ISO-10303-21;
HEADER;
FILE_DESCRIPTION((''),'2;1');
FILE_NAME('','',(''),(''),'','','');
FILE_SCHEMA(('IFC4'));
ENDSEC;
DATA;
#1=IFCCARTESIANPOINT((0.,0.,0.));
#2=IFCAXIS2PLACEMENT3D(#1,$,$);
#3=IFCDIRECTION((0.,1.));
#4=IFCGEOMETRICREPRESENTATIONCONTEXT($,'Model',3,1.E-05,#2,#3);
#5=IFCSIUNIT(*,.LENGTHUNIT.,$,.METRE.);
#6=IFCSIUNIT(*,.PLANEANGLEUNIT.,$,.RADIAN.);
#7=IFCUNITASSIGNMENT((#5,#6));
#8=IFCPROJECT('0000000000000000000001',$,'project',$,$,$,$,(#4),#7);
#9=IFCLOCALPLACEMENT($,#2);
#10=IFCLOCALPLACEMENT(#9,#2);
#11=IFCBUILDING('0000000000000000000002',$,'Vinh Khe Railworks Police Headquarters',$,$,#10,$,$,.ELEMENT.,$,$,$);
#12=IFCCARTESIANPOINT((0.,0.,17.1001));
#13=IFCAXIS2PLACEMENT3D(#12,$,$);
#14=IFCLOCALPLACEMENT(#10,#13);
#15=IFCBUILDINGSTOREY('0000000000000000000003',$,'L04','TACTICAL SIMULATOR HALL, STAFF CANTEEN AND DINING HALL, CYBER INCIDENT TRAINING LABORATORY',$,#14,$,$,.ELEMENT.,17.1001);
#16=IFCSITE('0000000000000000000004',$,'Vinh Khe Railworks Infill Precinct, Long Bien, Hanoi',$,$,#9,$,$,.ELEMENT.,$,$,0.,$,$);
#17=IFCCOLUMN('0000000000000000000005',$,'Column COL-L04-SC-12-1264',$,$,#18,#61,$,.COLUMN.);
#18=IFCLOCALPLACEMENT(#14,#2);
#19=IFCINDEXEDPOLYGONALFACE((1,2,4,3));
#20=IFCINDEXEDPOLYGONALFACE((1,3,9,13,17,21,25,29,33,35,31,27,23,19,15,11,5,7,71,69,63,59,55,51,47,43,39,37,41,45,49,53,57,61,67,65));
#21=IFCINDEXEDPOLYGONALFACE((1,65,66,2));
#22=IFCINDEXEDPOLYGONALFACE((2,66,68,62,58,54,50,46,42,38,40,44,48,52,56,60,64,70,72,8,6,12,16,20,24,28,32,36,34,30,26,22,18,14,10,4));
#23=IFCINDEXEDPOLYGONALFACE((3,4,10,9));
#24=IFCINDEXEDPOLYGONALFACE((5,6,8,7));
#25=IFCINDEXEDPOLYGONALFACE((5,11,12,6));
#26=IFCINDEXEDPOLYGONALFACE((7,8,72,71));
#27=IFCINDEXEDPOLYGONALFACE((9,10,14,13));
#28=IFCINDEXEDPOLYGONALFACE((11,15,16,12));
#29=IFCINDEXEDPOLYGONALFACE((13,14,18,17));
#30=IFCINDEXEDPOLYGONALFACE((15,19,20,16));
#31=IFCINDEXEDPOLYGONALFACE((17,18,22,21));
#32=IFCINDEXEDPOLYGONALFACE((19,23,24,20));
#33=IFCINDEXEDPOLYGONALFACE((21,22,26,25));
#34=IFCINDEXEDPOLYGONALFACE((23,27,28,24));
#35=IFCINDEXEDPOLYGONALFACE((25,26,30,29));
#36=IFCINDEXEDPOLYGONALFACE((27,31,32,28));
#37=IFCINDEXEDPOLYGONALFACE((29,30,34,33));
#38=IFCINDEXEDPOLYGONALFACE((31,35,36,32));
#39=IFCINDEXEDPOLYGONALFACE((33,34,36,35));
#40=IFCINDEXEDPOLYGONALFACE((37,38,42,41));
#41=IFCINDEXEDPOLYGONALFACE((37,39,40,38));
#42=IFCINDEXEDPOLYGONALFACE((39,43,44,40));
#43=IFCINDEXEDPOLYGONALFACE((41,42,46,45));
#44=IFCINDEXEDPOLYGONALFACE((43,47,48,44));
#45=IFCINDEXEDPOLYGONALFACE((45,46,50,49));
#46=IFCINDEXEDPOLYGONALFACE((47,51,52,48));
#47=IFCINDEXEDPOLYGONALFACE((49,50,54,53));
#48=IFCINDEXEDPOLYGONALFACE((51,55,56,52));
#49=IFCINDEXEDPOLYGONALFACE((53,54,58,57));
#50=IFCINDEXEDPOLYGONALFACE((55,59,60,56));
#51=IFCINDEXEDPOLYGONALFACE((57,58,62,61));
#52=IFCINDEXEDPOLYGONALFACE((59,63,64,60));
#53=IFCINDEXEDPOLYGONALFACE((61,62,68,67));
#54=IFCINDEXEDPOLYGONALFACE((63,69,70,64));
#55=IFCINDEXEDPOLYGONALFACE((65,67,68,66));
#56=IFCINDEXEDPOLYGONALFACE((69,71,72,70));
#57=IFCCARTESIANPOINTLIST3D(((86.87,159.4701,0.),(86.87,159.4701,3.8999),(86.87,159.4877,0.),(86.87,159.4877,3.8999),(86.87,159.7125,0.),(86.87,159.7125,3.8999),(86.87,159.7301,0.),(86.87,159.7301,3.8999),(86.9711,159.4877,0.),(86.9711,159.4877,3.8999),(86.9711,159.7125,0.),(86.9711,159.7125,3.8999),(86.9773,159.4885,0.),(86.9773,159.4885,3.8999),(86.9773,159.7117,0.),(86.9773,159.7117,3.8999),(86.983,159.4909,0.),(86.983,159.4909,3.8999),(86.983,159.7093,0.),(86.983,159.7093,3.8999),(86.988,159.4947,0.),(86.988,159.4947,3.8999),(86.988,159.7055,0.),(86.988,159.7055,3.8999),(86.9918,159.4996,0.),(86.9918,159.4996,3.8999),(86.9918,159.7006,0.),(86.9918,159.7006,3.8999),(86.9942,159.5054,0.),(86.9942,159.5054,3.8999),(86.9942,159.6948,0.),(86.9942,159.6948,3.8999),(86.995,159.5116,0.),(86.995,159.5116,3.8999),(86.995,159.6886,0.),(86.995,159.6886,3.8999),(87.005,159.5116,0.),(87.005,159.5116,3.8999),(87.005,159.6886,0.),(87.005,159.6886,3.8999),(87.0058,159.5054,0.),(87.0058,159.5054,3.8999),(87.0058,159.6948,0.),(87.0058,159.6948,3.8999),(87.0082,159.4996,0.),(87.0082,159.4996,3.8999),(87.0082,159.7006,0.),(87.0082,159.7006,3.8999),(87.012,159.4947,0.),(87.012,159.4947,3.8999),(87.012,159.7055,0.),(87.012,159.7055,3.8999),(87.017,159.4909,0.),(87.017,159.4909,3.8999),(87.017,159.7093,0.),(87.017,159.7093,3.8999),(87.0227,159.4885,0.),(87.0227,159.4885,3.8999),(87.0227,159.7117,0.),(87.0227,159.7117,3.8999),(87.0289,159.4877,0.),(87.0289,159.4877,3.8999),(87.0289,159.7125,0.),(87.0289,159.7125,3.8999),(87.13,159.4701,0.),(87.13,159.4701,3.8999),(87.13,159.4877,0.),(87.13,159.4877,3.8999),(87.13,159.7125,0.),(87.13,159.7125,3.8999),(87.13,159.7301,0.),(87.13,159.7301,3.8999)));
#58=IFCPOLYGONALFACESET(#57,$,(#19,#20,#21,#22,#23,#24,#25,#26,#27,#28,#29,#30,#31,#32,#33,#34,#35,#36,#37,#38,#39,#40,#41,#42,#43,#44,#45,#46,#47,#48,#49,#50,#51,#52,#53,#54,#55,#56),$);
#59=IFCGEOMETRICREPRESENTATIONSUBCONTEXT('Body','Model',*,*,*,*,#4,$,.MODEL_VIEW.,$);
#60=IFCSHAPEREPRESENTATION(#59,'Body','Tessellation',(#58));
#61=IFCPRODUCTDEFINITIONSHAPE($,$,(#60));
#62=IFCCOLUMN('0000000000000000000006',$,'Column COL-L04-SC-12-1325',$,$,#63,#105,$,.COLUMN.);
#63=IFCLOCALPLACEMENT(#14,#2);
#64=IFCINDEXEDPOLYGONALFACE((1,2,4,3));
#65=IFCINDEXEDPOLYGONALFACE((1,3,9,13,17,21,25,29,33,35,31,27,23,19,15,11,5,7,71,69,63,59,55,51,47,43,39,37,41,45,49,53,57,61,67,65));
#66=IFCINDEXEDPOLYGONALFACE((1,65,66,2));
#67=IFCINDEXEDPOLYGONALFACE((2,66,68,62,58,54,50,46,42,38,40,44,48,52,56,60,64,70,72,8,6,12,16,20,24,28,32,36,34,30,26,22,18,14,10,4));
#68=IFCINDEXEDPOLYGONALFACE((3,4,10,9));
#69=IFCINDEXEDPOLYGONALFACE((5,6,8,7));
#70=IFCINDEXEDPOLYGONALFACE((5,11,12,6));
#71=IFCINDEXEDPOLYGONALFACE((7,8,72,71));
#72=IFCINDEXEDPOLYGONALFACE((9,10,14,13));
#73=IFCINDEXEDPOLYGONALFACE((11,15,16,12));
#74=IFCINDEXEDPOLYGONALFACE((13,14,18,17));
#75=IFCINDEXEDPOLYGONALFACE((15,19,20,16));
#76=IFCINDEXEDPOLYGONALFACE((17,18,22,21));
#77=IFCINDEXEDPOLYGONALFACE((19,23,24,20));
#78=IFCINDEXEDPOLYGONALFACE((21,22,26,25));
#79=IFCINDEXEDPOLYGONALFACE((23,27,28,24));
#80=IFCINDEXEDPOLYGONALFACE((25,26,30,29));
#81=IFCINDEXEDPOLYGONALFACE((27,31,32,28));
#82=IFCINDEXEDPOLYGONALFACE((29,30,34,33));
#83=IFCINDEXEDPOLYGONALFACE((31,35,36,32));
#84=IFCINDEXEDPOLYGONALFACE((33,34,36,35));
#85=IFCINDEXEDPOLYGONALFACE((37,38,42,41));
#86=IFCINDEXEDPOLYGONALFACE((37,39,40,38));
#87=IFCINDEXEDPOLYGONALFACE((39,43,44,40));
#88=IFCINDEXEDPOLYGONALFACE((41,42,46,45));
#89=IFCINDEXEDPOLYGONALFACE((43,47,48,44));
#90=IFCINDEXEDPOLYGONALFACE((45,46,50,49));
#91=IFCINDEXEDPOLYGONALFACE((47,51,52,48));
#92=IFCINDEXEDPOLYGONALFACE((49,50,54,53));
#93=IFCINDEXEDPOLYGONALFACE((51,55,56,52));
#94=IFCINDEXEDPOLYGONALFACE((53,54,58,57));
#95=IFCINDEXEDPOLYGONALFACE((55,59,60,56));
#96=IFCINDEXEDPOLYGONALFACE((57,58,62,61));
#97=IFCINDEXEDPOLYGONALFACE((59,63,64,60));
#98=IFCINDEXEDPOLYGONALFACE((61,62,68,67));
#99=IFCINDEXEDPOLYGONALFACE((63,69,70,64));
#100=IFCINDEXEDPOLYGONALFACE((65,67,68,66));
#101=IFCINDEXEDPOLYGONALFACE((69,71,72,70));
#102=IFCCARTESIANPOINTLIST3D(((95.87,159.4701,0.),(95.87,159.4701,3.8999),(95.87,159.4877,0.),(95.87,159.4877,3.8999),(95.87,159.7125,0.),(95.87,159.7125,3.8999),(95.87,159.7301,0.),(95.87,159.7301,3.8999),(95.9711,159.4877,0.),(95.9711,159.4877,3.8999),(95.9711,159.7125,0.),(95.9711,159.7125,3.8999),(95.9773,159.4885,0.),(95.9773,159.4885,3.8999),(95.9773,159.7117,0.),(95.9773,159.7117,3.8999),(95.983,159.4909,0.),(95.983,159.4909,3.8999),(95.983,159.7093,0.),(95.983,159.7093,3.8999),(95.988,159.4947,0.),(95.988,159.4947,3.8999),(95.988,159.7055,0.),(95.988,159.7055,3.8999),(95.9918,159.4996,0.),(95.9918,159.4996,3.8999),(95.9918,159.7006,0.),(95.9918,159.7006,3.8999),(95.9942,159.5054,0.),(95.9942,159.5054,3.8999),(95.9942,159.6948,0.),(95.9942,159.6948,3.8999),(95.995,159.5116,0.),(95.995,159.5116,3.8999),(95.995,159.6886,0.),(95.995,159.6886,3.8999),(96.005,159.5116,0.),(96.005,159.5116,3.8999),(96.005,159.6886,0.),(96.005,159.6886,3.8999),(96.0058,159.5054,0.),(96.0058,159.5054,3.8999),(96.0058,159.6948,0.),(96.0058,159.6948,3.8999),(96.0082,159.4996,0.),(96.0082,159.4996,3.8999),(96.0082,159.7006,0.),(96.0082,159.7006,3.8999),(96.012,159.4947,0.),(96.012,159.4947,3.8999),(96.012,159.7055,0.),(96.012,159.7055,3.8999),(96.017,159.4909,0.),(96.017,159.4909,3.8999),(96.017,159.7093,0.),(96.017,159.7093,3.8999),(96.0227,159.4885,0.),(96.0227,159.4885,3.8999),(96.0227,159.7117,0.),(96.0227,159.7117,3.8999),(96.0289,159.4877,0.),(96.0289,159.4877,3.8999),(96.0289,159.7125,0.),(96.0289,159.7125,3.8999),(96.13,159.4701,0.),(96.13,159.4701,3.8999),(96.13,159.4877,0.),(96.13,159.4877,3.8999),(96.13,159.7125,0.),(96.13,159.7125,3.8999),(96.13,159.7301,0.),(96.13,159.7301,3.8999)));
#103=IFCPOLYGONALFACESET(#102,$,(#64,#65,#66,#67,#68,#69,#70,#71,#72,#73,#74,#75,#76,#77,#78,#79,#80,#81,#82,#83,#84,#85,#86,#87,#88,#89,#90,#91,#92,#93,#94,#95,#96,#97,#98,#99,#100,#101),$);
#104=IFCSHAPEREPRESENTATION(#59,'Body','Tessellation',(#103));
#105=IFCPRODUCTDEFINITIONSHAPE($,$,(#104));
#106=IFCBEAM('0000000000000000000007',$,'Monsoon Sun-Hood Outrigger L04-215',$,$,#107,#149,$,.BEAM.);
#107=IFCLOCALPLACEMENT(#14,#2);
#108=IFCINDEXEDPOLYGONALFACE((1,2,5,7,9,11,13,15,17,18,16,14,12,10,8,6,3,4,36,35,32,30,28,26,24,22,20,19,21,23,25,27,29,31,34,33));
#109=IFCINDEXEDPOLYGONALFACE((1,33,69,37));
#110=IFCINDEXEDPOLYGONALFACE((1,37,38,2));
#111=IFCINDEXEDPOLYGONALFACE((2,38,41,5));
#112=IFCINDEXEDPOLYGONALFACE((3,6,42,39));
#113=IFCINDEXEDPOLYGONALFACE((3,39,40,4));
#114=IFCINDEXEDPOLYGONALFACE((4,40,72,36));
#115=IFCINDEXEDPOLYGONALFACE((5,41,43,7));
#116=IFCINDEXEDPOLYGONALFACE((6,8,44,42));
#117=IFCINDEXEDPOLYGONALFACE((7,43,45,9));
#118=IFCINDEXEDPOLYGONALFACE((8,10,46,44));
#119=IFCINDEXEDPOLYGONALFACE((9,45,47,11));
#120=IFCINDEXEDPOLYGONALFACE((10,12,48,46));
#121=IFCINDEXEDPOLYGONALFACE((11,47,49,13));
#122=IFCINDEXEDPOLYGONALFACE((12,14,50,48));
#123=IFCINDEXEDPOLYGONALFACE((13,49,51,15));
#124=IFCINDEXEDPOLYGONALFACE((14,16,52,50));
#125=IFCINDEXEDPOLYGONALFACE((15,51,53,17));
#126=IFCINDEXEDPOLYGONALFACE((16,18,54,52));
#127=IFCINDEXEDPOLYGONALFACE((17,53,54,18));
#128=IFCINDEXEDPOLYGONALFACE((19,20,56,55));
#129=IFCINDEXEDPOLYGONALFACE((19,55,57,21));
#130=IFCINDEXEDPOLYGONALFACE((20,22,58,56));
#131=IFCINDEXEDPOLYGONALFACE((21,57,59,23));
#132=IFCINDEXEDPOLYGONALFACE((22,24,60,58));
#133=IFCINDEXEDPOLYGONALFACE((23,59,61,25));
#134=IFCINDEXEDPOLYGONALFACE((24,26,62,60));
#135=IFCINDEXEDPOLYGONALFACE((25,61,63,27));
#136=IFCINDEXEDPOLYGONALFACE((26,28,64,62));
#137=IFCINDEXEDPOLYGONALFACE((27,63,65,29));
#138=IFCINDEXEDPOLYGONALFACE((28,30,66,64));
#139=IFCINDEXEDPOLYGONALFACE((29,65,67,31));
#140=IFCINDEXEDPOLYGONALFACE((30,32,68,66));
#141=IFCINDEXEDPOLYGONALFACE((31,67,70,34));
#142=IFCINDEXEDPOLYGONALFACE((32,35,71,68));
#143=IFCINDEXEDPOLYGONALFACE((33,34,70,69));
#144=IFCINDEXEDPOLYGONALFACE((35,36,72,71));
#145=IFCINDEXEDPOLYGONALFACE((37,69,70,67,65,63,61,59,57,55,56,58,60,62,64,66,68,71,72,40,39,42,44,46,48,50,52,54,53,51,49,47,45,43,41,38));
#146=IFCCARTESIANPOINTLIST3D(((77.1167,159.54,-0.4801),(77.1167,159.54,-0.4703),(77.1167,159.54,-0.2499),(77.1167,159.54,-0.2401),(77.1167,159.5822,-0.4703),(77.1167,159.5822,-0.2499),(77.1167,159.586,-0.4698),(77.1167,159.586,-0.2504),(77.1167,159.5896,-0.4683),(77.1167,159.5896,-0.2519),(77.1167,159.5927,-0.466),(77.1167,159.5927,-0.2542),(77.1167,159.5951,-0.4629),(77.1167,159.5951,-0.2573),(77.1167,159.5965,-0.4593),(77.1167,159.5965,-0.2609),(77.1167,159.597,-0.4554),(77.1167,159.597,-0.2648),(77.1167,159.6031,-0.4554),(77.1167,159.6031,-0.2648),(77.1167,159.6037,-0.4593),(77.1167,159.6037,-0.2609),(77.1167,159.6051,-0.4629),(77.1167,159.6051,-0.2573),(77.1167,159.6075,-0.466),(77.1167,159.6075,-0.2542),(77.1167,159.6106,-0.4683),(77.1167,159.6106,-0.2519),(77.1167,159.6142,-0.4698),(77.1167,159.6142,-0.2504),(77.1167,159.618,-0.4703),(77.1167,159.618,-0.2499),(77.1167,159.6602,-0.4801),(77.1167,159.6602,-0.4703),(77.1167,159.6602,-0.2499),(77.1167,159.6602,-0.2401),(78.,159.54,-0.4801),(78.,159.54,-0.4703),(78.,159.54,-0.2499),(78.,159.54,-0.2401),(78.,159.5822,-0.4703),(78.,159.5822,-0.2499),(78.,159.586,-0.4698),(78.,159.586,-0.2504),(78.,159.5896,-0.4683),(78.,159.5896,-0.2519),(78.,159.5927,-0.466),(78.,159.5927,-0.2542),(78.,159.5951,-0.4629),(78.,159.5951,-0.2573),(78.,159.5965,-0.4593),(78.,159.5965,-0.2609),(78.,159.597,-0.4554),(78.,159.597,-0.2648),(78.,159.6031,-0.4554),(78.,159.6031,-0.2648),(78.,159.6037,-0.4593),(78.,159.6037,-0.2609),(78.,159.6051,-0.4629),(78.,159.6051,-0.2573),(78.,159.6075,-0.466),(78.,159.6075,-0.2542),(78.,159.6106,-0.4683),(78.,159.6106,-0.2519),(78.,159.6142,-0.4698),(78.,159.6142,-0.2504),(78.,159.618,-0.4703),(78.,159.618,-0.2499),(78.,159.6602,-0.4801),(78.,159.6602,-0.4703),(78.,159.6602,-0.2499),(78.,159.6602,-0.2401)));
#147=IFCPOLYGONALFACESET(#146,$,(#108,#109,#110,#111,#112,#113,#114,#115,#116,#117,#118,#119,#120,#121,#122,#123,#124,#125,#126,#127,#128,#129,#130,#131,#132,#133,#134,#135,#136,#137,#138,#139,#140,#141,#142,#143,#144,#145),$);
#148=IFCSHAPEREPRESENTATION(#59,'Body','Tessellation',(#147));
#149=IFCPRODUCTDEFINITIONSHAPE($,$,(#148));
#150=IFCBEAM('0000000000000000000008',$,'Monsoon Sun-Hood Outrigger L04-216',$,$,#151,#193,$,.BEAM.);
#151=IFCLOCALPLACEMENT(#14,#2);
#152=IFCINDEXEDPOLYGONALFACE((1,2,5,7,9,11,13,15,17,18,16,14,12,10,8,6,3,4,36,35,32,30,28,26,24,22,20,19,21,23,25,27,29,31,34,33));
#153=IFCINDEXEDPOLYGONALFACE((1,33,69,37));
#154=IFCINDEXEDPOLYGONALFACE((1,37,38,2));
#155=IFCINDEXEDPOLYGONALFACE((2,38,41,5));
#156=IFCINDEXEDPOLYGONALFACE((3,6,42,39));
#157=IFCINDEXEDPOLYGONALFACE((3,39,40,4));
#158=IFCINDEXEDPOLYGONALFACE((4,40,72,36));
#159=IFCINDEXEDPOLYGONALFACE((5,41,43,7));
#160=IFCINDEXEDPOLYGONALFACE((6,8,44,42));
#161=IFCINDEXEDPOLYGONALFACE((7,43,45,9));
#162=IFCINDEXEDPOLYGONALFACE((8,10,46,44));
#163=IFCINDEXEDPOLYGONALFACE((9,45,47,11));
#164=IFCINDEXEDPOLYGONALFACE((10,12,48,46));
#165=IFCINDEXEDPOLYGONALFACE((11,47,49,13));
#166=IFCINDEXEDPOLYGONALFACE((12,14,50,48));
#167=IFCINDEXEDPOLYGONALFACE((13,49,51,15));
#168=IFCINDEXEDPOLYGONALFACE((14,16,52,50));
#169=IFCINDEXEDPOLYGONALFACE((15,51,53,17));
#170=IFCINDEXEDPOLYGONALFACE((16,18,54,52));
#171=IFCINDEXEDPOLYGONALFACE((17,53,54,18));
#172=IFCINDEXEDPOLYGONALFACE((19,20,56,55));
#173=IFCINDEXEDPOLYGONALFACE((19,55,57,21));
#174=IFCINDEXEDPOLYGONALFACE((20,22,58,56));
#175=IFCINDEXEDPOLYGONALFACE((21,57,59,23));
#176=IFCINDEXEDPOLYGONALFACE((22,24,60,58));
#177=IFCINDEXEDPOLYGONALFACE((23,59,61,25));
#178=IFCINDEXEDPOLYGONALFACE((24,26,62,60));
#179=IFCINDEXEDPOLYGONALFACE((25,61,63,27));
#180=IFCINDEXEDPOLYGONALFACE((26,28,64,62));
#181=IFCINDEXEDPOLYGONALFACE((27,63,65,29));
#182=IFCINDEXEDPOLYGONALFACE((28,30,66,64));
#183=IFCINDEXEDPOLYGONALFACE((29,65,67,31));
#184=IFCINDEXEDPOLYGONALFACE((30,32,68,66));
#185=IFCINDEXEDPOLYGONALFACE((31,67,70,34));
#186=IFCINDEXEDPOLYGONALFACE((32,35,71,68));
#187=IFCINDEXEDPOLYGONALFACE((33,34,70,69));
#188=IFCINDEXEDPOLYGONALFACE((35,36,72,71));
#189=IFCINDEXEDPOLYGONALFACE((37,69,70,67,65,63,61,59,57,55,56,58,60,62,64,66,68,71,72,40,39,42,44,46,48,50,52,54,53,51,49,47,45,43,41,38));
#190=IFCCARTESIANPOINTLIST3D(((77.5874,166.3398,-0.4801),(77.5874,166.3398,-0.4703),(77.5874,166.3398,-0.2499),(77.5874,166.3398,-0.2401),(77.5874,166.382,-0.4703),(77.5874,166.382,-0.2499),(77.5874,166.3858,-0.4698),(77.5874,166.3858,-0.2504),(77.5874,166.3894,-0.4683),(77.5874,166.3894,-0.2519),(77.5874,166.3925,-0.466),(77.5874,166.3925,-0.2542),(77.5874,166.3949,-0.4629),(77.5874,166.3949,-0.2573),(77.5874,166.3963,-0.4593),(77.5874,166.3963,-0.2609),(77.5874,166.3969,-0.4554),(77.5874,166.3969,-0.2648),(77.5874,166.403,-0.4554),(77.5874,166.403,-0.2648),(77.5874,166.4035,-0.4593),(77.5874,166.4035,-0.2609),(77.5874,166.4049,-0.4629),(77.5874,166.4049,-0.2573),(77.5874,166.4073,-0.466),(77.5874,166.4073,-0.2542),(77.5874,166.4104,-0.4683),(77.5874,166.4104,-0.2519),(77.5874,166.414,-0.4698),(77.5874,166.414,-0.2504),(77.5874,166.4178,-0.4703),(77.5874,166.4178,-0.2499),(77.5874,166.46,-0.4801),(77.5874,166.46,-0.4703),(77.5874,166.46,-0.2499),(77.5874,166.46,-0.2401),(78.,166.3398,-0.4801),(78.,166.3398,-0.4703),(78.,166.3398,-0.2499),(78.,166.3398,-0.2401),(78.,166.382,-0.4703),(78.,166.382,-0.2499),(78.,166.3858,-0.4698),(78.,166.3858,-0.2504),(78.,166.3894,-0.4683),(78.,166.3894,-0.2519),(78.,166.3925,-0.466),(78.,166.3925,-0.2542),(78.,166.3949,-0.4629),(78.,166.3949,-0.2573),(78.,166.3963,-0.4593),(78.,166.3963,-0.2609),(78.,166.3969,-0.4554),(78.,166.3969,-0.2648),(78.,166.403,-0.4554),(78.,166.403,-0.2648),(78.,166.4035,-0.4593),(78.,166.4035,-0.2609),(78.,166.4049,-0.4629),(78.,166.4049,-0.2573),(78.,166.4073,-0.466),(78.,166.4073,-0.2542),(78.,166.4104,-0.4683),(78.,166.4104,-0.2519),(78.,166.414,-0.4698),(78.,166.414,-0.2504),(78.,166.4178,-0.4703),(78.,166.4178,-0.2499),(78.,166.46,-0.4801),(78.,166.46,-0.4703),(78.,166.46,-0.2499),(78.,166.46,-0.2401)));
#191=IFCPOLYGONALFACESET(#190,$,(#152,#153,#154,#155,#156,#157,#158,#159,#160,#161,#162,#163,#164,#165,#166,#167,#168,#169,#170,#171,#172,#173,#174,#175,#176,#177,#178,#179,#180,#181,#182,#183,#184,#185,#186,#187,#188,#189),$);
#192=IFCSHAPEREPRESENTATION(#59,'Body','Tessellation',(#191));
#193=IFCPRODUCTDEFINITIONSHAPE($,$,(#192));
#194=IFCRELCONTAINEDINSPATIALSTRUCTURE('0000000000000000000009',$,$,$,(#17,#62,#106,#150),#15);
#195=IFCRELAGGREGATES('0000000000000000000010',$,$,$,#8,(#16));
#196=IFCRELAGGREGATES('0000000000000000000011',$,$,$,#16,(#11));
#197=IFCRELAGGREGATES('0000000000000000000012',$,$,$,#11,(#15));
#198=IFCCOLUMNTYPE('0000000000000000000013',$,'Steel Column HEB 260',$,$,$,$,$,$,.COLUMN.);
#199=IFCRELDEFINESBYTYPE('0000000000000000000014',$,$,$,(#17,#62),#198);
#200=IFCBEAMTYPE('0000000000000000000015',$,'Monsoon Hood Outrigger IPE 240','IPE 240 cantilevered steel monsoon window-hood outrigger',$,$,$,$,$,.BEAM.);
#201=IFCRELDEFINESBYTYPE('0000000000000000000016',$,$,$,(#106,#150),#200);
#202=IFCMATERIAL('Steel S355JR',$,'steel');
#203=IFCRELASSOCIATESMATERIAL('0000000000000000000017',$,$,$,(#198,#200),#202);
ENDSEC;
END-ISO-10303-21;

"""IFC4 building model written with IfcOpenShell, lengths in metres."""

from ifc_helpers import new_model, si_unit, direction, frame, origin, origin_2d, place, context, subcontext, project, spatial, i_section, extrude, material, material_profile, profile_set, type_object, element, save


model = new_model("IFC4")

# Units and contexts
model_context = context("Model", 3, precision=1e-05, world=origin(), true_north=direction((0.0, 1.0)))
body_context = subcontext(model_context, "Body", "Model", "MODEL_VIEW")
ifc_project = project(units=[si_unit("LENGTHUNIT", "METRE"), si_unit("PLANEANGLEUNIT", "RADIAN")], contexts=[model_context])

# Site, building, storey
site_placement = place(None, origin())
site = spatial("IfcSite", under=ifc_project, at=site_placement, Name="Vinh Khe Railworks Infill Precinct, Long Bien, Hanoi", CompositionType="ELEMENT", RefElevation=0.0)
building_placement = place(site_placement, origin())
building = spatial("IfcBuilding", under=site, at=building_placement, Name="Vinh Khe Railworks Police Headquarters", CompositionType="ELEMENT")
storey_placement = place(building_placement, frame((0.0, 0.0, 17.1001)))
storey = spatial("IfcBuildingStorey", under=building, at=storey_placement, Name="L04", Description="TACTICAL SIMULATOR HALL, STAFF CANTEEN AND DINING HALL, CYBER INCIDENT TRAINING LABORATORY", CompositionType="ELEMENT", Elevation=17.1001)

# Columns
ifc_material_1 = material(Name="Steel S355JR", Category="steel")
ifc_material_profile_1 = material_profile(ifc_material_1, i_section(OverallWidth=0.26, OverallDepth=0.26, WebThickness=0.01, FlangeThickness=0.0176, FilletRadius=0.0239, at=origin_2d()), Name="HEB 260")
ifc_profile_set_1 = profile_set([ifc_material_profile_1], Name="Steel S355JR")
column_type_1 = type_object("IfcColumnType", Name="Steel Column HEB 260", PredefinedType="COLUMN", material=ifc_profile_set_1)
for number, where, z_axis, x_axis, name in (
    (1, (87.0, 159.6001, 0.0), (0.0, 0.0, 1.0), (1.0, 0.0, 0.0), "Column COL-L04-SC-12-1264"),
    (2, (96.0, 159.6001, 0.0), (0.0, 0.0, 1.0), (1.0, 0.0, 0.0), "Column COL-L04-SC-12-1325"),
):
    element("IfcColumn", number, at=place(storey_placement, frame(where, z_axis=z_axis, x_axis=x_axis)), inside=storey, type_object=column_type_1, Name=name, PredefinedType="COLUMN", context=body_context, shape_type="SweptSolid", body=[
        extrude(i_section(OverallWidth=0.26, OverallDepth=0.26, WebThickness=0.01, FlangeThickness=0.0176, FilletRadius=0.0239, at=origin_2d()), origin(), (0.0, 0.0, 1.0), 3.8999),
    ])

# Beams
ifc_material_profile_2 = material_profile(ifc_material_1, i_section(OverallWidth=0.1201, OverallDepth=0.24, WebThickness=0.0061, FlangeThickness=0.0098, FilletRadius=0.0149, at=origin_2d()), Name="IPE 240")
ifc_profile_set_2 = profile_set([ifc_material_profile_2], Name="Steel S355JR")
beam_type_1 = type_object("IfcBeamType", Name="Monsoon Hood Outrigger IPE 240", Description="IPE 240 cantilevered steel monsoon window-hood outrigger", PredefinedType="BEAM", material=ifc_profile_set_2)
beam_1_placement = place(storey_placement, frame((77.1167, 159.6001, -0.3601), z_axis=(1.0, 0.0, 0.0), x_axis=(0.0, 1.0, 0.0)))
element("IfcBeam", 3, at=beam_1_placement, inside=storey, type_object=beam_type_1, Name="Monsoon Sun-Hood Outrigger L04-215", PredefinedType="BEAM", context=body_context, shape_type="SweptSolid", body=[
    extrude(i_section(OverallWidth=0.1201, OverallDepth=0.24, WebThickness=0.0061, FlangeThickness=0.0098, FilletRadius=0.0149, at=origin_2d()), origin(), (0.0, 0.0, 1.0), 0.8833),
])
beam_2_placement = place(storey_placement, frame((77.5874, 166.3999, -0.3601), z_axis=(1.0, 0.0, 0.0), x_axis=(0.0, 1.0, 0.0)))
element("IfcBeam", 4, at=beam_2_placement, inside=storey, type_object=beam_type_1, Name="Monsoon Sun-Hood Outrigger L04-216", PredefinedType="BEAM", context=body_context, shape_type="SweptSolid", body=[
    extrude(i_section(OverallWidth=0.1201, OverallDepth=0.24, WebThickness=0.0061, FlangeThickness=0.0098, FilletRadius=0.0149, at=origin_2d()), origin(), (0.0, 0.0, 1.0), 0.4126),
])

save(model, "model.ifc")
